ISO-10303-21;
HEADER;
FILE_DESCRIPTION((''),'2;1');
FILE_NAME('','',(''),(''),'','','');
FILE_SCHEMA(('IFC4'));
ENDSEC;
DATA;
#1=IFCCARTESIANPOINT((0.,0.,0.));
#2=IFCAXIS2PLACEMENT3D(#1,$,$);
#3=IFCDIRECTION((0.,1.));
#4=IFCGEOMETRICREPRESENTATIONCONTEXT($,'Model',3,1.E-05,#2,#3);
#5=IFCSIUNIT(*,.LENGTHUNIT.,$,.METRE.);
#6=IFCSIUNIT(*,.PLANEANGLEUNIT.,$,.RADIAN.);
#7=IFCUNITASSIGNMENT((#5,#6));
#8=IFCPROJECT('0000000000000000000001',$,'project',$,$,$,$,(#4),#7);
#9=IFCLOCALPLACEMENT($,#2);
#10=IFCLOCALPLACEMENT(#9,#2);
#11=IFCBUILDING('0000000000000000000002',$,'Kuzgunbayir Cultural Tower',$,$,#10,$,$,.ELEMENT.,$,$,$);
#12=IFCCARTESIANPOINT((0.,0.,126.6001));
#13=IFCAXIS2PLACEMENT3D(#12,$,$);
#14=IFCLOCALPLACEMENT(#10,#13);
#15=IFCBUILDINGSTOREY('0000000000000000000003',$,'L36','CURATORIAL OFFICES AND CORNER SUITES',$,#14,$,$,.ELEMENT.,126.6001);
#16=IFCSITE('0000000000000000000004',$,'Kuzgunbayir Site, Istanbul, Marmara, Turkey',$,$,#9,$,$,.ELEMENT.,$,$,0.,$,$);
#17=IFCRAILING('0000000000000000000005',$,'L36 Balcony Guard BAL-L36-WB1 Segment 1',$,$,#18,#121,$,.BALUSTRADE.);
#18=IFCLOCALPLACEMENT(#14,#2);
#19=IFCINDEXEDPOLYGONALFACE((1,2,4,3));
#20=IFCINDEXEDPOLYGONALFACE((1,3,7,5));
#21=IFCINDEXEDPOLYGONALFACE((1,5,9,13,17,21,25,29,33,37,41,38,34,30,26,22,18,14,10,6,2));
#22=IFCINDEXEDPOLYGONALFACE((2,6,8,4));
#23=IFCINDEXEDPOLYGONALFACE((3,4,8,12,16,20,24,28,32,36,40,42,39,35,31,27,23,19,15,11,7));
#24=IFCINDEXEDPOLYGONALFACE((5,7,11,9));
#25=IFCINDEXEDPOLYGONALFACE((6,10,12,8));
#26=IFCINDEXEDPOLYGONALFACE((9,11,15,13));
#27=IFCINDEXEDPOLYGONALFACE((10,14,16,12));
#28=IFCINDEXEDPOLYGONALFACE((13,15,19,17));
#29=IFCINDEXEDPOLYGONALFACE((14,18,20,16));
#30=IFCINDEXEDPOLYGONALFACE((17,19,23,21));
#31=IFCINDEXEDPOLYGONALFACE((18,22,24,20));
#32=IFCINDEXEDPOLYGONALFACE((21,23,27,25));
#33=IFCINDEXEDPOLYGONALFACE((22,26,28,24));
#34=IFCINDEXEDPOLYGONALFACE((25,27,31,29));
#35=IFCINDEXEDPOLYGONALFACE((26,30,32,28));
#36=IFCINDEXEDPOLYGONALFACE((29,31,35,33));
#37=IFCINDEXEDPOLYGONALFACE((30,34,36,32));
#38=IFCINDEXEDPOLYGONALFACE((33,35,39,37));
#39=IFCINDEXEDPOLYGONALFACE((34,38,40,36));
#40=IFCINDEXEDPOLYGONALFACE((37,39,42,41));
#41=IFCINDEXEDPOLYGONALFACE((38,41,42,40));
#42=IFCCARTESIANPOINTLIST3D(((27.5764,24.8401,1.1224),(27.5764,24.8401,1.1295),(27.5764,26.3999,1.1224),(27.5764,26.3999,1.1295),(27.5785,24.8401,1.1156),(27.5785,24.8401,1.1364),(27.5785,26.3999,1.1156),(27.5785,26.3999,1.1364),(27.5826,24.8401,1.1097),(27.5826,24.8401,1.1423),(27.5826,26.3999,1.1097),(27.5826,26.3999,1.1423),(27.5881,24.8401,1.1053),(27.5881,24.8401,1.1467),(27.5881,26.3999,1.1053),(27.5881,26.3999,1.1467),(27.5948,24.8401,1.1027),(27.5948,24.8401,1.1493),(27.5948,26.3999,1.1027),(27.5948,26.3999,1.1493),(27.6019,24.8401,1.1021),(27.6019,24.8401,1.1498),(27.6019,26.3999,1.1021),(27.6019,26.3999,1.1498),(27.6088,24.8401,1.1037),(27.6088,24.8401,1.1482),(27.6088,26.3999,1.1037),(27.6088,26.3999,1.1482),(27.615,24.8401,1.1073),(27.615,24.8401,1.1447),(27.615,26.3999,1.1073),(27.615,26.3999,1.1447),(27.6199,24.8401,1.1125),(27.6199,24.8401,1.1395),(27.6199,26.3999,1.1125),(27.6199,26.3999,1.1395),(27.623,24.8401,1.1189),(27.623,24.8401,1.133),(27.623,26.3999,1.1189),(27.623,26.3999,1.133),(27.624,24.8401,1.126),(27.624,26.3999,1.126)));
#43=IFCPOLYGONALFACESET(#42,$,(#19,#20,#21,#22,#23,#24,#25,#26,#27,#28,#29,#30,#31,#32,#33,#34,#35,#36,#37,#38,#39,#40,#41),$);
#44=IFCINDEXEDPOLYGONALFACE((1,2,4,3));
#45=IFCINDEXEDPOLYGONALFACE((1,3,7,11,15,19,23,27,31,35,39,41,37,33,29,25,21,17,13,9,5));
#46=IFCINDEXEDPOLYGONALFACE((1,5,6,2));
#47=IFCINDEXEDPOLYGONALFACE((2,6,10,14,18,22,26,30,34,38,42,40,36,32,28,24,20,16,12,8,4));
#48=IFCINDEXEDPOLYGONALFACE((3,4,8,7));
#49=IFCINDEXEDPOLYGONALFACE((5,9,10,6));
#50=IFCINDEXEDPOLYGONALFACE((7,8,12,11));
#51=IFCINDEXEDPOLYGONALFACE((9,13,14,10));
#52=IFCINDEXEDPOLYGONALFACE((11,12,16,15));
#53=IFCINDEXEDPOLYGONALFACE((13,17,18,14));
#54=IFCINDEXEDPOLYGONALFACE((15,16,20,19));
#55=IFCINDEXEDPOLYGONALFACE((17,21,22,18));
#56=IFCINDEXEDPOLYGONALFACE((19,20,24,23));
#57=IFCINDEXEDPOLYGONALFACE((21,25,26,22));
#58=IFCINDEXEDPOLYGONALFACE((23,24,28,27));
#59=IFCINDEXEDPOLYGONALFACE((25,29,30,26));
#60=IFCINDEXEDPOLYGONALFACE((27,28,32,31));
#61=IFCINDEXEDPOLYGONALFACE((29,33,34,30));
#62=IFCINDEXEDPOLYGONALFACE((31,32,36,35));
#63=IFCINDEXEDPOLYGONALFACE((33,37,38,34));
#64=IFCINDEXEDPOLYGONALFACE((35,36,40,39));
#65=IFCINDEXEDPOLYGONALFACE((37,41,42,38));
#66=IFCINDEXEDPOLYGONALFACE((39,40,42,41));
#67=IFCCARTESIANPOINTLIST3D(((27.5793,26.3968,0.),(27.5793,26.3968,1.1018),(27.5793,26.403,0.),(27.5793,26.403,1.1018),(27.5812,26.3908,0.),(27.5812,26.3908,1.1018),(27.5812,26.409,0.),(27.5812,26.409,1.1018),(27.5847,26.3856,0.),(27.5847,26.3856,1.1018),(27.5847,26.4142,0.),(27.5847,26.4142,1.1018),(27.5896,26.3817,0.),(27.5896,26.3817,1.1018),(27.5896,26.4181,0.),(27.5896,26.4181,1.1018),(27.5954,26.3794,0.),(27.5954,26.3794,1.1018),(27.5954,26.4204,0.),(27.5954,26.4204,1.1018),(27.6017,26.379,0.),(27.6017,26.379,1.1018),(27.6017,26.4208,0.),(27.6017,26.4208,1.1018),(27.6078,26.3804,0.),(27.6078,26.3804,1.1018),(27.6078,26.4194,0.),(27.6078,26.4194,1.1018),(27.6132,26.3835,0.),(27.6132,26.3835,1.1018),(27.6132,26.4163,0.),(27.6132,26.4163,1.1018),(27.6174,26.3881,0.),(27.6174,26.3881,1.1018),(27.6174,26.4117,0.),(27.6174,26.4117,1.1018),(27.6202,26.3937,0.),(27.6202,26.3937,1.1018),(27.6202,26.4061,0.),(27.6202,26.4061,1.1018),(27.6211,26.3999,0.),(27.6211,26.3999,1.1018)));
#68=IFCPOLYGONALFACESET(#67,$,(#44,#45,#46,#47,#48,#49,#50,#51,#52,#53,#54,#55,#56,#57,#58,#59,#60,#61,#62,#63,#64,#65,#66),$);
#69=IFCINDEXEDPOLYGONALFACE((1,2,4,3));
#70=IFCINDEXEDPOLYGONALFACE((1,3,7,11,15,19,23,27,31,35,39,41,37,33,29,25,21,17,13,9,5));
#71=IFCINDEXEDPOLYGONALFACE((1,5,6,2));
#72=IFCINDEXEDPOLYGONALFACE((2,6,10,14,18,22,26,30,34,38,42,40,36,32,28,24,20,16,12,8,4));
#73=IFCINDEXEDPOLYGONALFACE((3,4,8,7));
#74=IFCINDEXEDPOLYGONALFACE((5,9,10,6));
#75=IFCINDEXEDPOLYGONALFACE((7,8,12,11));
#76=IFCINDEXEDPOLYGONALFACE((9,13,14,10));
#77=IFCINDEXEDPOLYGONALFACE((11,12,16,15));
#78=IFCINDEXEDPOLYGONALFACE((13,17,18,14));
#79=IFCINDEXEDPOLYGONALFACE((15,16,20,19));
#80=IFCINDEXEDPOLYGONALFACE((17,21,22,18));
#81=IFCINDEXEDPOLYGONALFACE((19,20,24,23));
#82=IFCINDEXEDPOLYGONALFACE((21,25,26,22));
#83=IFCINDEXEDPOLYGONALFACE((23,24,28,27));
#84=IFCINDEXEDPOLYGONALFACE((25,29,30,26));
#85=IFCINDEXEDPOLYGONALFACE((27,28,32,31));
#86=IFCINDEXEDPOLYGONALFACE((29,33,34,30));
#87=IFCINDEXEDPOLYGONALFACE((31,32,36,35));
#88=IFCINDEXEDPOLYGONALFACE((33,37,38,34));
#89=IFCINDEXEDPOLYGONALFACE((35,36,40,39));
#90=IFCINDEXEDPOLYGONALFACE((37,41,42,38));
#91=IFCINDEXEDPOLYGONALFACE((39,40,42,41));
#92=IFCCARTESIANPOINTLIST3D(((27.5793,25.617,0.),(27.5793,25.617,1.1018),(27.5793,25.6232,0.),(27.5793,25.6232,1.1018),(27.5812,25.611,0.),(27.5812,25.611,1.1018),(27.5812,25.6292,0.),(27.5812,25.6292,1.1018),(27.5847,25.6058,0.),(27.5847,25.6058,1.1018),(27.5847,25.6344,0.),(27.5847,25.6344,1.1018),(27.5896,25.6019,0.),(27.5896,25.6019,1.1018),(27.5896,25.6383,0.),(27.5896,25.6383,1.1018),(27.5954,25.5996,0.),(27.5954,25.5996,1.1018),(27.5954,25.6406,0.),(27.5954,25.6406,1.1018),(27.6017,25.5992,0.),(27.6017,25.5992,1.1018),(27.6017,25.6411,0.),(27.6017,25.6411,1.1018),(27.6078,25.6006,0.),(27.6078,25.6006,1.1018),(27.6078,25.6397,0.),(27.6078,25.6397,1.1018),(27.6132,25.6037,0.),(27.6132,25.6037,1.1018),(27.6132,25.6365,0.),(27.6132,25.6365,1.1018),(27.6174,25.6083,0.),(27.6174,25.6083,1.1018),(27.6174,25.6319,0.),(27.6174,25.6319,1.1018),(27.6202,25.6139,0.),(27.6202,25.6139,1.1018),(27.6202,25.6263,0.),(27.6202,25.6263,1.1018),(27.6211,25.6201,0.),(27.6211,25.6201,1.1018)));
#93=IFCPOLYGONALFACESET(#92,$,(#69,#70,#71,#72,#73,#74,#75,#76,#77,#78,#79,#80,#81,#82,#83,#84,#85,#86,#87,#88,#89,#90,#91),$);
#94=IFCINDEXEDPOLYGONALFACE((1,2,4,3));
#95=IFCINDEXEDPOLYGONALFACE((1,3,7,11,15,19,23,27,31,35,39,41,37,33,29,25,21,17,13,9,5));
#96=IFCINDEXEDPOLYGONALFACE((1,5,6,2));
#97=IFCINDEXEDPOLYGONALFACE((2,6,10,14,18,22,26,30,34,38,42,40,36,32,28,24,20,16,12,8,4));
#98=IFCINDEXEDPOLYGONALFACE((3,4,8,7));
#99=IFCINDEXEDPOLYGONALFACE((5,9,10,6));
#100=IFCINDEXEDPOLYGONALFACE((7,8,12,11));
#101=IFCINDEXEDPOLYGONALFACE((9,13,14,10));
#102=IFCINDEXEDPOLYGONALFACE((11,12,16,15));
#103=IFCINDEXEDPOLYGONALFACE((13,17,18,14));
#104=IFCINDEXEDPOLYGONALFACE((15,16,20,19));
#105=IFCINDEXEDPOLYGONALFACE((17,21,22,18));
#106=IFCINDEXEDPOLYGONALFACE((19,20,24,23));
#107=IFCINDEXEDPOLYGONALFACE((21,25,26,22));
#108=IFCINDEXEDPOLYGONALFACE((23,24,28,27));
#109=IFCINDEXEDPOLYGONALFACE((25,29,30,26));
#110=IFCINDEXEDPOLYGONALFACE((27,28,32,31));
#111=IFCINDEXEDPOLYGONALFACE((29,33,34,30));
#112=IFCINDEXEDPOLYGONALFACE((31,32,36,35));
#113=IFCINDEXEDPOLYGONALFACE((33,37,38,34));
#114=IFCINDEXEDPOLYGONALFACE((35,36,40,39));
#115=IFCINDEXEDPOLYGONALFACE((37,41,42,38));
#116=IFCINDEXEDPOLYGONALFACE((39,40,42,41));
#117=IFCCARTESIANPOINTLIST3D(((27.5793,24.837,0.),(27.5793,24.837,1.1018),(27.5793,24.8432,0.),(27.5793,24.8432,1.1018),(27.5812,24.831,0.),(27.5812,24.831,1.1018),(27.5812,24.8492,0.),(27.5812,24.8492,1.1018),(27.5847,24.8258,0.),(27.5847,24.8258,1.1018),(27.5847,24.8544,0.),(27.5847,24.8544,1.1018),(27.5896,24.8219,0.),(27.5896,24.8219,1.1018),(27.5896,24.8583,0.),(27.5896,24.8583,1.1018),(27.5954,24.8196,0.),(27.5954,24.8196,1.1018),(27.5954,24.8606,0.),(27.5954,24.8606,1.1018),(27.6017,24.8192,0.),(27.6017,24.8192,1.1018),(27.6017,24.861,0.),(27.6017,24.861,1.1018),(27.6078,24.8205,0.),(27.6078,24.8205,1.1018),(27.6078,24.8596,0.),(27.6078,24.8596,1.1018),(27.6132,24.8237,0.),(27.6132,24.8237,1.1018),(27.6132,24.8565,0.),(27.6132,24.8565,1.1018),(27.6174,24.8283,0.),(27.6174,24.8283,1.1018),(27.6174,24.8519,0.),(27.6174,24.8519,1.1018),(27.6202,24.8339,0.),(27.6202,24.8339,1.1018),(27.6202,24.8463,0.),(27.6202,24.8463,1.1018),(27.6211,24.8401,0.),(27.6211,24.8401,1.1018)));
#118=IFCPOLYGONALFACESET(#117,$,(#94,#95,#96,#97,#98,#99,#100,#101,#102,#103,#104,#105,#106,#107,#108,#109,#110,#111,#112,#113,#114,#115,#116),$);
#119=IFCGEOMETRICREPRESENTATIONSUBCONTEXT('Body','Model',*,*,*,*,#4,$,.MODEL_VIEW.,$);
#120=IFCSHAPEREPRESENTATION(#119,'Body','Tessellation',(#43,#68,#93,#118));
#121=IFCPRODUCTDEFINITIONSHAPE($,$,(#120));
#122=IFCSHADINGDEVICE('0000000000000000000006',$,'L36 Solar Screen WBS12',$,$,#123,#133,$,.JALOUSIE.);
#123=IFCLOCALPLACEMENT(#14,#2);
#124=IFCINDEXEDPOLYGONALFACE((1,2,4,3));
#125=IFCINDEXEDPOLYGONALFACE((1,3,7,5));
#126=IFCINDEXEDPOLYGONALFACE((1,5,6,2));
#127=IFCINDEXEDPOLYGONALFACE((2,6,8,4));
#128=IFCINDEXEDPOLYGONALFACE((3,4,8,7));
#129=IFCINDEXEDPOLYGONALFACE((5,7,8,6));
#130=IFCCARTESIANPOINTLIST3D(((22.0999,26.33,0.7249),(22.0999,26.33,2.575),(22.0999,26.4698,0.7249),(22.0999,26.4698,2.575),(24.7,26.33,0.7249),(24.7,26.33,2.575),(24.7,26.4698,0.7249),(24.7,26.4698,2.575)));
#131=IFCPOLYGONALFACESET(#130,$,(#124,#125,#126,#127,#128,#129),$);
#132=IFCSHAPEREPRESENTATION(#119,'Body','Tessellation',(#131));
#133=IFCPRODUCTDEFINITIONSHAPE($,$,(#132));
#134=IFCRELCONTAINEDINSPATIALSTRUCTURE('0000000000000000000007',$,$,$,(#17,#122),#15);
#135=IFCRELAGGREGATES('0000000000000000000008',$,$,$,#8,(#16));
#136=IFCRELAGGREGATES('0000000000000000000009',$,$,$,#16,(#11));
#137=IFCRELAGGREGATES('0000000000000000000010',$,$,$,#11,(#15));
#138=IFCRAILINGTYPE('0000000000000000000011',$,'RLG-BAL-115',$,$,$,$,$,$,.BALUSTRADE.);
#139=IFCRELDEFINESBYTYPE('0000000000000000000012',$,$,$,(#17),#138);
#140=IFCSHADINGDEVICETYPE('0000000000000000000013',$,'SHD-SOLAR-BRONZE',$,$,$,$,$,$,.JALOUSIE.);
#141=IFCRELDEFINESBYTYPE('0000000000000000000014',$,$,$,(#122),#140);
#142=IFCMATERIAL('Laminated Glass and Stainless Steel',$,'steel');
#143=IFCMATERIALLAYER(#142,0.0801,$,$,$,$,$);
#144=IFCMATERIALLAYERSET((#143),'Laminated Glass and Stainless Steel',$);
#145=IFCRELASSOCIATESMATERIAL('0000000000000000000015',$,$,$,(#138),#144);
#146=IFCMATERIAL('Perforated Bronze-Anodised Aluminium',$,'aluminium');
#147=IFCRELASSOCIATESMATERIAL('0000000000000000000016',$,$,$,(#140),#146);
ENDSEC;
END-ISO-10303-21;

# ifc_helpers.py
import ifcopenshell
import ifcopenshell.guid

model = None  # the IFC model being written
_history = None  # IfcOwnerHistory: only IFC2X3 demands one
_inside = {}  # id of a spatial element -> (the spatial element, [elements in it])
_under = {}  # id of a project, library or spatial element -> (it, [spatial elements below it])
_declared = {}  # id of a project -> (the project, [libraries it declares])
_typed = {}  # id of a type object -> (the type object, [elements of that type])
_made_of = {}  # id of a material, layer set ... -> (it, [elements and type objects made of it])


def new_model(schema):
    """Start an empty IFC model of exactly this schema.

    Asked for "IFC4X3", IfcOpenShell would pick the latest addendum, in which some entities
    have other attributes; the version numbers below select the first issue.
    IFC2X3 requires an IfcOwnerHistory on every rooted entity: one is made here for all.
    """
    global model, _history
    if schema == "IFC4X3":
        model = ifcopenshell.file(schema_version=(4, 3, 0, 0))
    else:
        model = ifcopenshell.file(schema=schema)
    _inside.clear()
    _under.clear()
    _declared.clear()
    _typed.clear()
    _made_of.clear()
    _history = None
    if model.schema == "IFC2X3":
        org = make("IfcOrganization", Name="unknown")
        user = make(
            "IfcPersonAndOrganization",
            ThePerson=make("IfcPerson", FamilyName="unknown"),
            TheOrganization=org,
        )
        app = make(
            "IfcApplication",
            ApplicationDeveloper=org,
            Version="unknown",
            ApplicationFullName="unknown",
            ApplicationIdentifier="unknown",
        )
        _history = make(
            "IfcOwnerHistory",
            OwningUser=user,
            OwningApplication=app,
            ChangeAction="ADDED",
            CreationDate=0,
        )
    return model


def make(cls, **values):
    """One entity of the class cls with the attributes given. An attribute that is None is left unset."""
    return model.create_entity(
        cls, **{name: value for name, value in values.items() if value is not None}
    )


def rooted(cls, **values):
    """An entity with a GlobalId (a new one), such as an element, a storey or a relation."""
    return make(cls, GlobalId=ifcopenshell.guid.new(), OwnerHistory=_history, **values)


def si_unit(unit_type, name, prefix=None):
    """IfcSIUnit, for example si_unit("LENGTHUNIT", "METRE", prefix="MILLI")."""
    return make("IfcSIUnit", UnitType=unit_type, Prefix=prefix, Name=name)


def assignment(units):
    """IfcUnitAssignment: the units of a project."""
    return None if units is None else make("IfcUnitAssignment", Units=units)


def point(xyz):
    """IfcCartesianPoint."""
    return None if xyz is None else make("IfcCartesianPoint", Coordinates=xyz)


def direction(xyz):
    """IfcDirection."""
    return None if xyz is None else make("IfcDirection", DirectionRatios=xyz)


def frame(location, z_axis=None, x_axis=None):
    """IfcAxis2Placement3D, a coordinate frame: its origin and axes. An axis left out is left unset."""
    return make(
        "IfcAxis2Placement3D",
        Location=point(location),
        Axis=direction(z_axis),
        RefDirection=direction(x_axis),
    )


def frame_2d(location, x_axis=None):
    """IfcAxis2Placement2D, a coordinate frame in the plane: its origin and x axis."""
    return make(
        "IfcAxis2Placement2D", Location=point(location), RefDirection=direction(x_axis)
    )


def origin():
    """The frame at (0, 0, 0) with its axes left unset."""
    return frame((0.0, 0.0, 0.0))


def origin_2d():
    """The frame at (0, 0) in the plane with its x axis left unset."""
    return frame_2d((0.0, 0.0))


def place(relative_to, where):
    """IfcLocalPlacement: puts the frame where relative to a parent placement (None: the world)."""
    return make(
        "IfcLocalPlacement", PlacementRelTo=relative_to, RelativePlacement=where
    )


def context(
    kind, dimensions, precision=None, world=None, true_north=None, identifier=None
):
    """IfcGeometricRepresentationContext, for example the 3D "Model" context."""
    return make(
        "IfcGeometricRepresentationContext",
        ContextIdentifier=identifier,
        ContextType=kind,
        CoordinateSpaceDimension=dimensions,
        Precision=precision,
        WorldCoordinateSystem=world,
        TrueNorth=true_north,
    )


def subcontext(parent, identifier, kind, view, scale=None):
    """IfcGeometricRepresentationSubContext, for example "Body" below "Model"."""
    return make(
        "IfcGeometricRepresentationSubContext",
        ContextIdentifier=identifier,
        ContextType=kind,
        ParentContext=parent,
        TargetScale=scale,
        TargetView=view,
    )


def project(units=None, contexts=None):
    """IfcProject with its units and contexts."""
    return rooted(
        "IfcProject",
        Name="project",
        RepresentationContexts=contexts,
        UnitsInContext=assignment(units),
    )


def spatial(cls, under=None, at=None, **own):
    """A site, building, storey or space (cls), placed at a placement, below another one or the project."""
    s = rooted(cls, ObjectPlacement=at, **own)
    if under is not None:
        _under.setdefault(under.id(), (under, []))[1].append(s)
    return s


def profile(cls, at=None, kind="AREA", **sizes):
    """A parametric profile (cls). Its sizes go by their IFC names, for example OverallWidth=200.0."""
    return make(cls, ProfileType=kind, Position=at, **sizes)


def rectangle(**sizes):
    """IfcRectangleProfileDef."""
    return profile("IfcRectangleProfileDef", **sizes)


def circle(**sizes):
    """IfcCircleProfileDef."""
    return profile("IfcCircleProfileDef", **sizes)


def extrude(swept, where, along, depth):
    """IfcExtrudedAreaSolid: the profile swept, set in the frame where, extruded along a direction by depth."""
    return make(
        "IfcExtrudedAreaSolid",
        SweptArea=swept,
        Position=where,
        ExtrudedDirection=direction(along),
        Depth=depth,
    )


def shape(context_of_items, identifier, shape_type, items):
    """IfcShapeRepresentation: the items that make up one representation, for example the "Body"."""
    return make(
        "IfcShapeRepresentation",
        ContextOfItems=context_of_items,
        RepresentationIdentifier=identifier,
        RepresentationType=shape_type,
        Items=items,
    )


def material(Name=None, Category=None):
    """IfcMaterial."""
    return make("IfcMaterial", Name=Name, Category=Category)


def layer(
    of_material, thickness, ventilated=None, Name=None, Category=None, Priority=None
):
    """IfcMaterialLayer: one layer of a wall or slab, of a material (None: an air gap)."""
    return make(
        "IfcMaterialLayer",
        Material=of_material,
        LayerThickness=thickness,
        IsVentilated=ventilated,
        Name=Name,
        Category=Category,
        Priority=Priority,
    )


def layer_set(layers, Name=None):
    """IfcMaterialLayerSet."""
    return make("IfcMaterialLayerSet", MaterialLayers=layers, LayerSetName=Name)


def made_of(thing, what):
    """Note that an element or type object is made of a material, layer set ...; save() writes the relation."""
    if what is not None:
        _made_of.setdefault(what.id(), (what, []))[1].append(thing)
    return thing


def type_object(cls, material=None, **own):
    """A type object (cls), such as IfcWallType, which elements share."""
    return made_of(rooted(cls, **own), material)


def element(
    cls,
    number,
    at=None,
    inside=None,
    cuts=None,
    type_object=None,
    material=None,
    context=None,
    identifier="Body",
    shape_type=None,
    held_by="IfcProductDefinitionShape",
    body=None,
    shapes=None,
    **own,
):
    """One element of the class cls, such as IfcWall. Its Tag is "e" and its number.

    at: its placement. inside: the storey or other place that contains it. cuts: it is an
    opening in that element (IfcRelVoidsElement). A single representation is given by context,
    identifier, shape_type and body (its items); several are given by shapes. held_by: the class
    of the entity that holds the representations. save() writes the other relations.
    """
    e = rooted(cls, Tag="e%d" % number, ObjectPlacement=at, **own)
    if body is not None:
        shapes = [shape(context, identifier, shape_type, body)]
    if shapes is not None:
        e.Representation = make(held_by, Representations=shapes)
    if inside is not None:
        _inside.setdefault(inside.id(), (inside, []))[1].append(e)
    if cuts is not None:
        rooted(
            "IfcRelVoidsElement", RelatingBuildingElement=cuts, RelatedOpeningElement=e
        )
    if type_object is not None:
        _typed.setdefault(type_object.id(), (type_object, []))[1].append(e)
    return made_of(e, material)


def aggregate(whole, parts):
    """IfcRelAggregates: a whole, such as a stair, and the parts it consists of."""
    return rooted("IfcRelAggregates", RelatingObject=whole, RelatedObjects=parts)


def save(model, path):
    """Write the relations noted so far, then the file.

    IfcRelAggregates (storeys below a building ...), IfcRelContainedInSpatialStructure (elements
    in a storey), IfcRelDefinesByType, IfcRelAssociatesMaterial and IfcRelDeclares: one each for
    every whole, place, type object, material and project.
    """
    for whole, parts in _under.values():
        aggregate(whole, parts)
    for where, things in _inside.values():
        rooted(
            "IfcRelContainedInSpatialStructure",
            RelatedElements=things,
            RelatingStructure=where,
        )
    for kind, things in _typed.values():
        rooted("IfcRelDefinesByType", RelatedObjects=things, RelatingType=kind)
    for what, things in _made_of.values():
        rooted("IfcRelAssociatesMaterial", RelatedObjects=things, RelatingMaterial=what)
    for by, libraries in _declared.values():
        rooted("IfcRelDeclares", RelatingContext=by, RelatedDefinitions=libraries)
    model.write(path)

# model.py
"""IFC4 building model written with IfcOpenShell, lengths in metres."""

from ifc_helpers import new_model, si_unit, direction, frame, origin, origin_2d, place, context, subcontext, project, spatial, rectangle, circle, extrude, material, layer, layer_set, type_object, element, save


model = new_model("IFC4")

# Units and contexts
model_context = context("Model", 3, precision=1e-05, world=origin(), true_north=direction((0.0, 1.0)))
body_context = subcontext(model_context, "Body", "Model", "MODEL_VIEW")
ifc_project = project(units=[si_unit("LENGTHUNIT", "METRE"), si_unit("PLANEANGLEUNIT", "RADIAN")], contexts=[model_context])

# Site, building, storey
site_placement = place(None, origin())
site = spatial("IfcSite", under=ifc_project, at=site_placement, Name="Kuzgunbayir Site, Istanbul, Marmara, Turkey", CompositionType="ELEMENT", RefElevation=0.0)
building_placement = place(site_placement, origin())
building = spatial("IfcBuilding", under=site, at=building_placement, Name="Kuzgunbayir Cultural Tower", CompositionType="ELEMENT")
storey_placement = place(building_placement, frame((0.0, 0.0, 126.6001)))
storey = spatial("IfcBuildingStorey", under=building, at=storey_placement, Name="L36", Description="CURATORIAL OFFICES AND CORNER SUITES", CompositionType="ELEMENT", Elevation=126.6001)

# Railing
ifc_material_1 = material(Name="Laminated Glass and Stainless Steel", Category="steel")
ifc_layer_1 = layer(ifc_material_1, 0.0801)
ifc_layer_set_1 = layer_set([ifc_layer_1], Name="Laminated Glass and Stainless Steel")
railing_type = type_object("IfcRailingType", Name="RLG-BAL-115", PredefinedType="BALUSTRADE", material=ifc_layer_set_1)
railing_placement = place(storey_placement, frame((27.6001, 26.3999, 0.0)))
element("IfcRailing", 1, at=railing_placement, inside=storey, type_object=railing_type, Name="L36 Balcony Guard BAL-L36-WB1 Segment 1", PredefinedType="BALUSTRADE", context=body_context, shape_type="SweptSolid", body=[
    extrude(circle(Radius=0.0239, at=origin_2d()), frame((0.0, 0.0, 1.126), z_axis=(0.0, -1.0, 0.0), x_axis=(1.0, 0.0, 0.0)), (0.0, 0.0, 1.0), 1.5598),
    extrude(circle(Radius=0.021, at=origin_2d()), origin(), (0.0, 0.0, 1.0), 1.1018),
    extrude(circle(Radius=0.021, at=origin_2d()), frame((0.0, -0.7798, 0.0)), (0.0, 0.0, 1.0), 1.1018),
    extrude(circle(Radius=0.021, at=origin_2d()), frame((0.0, -1.5598, 0.0)), (0.0, 0.0, 1.0), 1.1018),
])

# Shading device
ifc_material_2 = material(Name="Perforated Bronze-Anodised Aluminium", Category="aluminium")
shading_device_type = type_object("IfcShadingDeviceType", Name="SHD-SOLAR-BRONZE", PredefinedType="JALOUSIE", material=ifc_material_2)
shading_device_placement = place(storey_placement, frame((23.3999, 26.3999, 0.7249), z_axis=(0.0, 0.0, 1.0), x_axis=(1.0, 0.0, 0.0)))
element("IfcShadingDevice", 2, at=shading_device_placement, inside=storey, type_object=shading_device_type, Name="L36 Solar Screen WBS12", PredefinedType="JALOUSIE", context=body_context, shape_type="SweptSolid", body=[
    extrude(rectangle(XDim=2.6001, YDim=0.1399, at=origin_2d()), origin(), (0.0, 0.0, 1.0), 1.8501),
])

save(model, "model.ifc")
